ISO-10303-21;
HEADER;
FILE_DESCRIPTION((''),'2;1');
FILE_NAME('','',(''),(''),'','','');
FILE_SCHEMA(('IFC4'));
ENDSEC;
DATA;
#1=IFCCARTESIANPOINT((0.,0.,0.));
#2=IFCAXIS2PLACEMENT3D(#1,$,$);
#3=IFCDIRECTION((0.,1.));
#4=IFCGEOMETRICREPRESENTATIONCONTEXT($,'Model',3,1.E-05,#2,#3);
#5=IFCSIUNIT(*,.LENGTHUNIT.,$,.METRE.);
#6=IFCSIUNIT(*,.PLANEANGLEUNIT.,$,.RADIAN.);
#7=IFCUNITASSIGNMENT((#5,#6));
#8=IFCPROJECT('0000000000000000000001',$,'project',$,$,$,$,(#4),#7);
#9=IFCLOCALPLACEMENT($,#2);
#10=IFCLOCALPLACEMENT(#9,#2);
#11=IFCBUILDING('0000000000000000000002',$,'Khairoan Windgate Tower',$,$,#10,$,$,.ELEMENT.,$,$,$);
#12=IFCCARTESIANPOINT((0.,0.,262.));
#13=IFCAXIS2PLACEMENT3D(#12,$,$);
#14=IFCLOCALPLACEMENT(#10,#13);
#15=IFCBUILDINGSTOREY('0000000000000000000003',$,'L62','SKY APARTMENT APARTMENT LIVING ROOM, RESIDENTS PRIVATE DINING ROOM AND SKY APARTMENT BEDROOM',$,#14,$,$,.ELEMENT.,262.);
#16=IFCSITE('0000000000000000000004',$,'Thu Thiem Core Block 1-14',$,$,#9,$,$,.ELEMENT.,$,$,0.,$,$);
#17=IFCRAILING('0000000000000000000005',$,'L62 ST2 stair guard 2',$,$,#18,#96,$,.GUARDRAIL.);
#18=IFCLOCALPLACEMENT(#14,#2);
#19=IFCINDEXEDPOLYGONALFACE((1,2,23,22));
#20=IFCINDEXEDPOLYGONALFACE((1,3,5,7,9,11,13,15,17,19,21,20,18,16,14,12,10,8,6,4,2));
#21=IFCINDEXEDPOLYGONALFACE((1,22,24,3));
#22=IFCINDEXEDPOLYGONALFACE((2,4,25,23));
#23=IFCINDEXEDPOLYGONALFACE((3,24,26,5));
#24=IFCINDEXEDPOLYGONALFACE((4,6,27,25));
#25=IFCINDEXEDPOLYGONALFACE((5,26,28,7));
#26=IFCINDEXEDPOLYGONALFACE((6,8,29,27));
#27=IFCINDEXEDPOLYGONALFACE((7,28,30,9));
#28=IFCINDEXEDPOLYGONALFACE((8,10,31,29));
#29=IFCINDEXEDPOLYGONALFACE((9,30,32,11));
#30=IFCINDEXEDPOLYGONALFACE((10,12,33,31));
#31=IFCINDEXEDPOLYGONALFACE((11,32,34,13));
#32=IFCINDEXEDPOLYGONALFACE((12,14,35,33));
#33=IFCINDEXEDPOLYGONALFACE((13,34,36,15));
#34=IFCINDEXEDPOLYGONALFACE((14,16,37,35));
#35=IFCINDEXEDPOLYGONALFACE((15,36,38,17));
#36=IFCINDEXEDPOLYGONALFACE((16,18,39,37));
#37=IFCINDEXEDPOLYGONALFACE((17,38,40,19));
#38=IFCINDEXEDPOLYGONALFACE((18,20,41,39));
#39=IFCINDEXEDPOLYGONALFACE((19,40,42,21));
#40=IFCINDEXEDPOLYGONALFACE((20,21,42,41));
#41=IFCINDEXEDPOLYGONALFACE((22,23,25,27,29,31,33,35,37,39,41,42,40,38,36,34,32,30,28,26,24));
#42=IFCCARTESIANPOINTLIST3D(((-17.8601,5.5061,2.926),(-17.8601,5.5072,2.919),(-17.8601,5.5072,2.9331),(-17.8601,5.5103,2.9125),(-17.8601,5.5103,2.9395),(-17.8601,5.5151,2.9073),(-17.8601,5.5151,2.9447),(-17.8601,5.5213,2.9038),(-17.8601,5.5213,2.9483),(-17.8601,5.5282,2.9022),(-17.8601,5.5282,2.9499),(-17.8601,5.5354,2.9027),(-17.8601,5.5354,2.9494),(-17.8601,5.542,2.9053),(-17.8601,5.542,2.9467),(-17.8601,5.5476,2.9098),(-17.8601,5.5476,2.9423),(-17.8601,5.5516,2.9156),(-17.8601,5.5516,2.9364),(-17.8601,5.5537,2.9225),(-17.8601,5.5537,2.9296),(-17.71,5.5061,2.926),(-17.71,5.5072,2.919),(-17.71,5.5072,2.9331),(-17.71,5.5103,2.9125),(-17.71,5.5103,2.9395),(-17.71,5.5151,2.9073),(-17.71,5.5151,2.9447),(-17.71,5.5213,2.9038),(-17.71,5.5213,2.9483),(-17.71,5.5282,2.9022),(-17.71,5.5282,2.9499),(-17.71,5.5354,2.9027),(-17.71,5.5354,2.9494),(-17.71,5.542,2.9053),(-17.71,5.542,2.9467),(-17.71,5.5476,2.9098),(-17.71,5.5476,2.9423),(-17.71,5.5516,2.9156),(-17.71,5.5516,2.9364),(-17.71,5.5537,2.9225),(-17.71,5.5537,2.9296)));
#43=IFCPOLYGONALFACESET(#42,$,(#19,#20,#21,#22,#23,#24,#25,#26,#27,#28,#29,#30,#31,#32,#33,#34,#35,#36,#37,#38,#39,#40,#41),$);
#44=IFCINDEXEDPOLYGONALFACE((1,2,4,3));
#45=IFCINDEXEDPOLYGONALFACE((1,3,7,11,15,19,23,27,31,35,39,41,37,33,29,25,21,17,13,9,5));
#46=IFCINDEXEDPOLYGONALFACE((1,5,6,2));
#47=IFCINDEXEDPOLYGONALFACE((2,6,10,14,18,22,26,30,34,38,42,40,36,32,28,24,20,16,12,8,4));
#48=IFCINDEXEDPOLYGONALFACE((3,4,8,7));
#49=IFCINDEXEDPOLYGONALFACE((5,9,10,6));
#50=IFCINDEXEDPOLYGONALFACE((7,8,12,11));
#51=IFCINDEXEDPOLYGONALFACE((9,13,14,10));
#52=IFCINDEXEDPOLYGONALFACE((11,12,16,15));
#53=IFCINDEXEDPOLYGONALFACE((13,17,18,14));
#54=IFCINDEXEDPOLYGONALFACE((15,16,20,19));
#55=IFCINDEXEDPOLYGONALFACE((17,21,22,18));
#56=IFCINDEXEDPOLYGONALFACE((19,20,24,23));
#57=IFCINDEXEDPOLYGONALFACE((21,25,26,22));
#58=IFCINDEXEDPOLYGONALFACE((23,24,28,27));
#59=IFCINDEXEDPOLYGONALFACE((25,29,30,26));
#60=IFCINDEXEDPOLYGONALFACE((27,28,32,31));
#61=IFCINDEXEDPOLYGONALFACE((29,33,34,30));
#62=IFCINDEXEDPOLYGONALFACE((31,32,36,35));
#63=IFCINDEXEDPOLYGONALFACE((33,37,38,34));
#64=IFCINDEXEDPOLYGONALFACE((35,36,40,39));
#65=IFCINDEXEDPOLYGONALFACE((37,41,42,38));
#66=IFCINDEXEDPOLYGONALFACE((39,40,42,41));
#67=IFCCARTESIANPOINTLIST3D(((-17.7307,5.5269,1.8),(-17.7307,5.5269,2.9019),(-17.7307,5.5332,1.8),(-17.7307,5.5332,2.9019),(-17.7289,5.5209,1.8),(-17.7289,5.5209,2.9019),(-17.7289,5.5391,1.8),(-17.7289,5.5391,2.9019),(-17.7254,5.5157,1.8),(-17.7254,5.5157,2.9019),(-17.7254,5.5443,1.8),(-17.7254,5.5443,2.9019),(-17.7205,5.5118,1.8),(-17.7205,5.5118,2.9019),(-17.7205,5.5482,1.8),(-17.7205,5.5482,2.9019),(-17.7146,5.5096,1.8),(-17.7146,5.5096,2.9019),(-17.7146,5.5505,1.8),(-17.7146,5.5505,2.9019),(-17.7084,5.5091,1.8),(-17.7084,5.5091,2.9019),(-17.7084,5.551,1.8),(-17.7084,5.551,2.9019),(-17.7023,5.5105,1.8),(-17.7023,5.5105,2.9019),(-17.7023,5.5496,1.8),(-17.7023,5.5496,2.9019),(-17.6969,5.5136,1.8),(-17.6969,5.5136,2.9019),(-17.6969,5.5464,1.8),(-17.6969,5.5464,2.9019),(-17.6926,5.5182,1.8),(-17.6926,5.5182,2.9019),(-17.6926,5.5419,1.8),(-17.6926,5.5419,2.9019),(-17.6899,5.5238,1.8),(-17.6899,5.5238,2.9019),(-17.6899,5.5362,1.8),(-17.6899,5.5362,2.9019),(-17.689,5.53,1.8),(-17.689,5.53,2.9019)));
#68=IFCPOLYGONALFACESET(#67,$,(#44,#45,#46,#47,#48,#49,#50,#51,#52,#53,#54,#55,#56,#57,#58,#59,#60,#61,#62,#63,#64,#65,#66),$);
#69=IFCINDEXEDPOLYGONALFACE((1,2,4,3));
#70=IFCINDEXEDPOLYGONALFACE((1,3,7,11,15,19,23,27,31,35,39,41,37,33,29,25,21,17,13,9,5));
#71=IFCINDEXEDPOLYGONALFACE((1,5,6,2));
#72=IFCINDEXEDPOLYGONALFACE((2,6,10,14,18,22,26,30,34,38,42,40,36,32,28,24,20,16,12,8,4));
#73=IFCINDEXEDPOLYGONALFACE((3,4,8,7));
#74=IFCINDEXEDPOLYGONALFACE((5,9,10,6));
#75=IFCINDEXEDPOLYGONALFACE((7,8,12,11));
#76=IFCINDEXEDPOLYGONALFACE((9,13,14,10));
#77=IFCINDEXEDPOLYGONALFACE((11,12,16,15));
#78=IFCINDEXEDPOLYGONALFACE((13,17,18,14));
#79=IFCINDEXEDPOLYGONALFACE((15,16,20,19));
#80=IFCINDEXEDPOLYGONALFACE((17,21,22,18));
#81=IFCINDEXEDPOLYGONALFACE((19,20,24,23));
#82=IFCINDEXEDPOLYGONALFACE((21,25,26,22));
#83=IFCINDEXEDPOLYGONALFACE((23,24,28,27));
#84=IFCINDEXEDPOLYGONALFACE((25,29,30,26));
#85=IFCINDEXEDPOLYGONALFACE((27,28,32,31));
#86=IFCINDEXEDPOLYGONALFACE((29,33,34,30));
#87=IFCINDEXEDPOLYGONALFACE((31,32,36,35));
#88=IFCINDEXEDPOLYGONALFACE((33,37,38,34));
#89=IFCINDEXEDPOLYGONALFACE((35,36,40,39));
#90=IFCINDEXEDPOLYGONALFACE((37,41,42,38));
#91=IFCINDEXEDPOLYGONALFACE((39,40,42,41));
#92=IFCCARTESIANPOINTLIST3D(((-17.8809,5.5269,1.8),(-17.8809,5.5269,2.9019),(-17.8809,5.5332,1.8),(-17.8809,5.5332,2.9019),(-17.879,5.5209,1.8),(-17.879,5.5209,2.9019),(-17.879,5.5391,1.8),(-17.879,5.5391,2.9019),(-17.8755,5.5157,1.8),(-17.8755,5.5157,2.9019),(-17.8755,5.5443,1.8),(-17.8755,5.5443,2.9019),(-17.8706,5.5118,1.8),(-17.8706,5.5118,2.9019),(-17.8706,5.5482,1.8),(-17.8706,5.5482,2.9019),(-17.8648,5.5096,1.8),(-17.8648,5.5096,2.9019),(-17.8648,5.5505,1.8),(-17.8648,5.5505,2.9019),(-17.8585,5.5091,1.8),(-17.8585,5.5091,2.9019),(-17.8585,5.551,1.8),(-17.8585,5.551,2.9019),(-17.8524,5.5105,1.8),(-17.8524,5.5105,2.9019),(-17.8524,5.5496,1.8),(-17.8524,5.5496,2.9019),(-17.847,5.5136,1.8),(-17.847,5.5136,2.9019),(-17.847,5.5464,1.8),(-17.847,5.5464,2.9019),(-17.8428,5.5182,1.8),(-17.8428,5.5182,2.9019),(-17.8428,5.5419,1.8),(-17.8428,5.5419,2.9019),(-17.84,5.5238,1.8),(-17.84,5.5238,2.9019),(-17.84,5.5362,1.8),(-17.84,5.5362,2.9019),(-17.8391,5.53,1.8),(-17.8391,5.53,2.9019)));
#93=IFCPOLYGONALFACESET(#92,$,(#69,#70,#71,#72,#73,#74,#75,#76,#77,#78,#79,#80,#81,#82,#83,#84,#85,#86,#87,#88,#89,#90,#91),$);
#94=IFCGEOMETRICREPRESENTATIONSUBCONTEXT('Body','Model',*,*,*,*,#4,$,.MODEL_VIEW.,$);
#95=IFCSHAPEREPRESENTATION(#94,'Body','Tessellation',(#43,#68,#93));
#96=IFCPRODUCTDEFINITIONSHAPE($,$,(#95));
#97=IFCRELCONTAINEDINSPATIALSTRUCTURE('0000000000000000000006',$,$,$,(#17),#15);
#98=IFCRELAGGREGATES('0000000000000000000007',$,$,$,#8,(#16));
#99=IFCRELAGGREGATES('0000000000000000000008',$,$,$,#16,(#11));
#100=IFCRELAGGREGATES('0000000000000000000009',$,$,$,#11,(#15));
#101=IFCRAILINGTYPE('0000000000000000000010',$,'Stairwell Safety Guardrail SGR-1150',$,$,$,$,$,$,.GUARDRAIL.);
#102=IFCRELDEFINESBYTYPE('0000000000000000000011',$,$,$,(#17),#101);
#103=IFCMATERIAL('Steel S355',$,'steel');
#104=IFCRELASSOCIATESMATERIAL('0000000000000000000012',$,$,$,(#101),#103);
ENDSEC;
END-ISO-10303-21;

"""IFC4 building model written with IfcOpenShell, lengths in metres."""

from ifc_helpers import new_model, si_unit, direction, frame, origin, origin_2d, place, context, subcontext, project, spatial, circle, extrude, material, type_object, element, save


model = new_model("IFC4")

# Units and contexts
model_context = context("Model", 3, precision=1e-05, world=origin(), true_north=direction((0.0, 1.0)))
body_context = subcontext(model_context, "Body", "Model", "MODEL_VIEW")
ifc_project = project(units=[si_unit("LENGTHUNIT", "METRE"), si_unit("PLANEANGLEUNIT", "RADIAN")], contexts=[model_context])

# Site, building, storey
site_placement = place(None, origin())
site = spatial("IfcSite", under=ifc_project, at=site_placement, Name="Thu Thiem Core Block 1-14", CompositionType="ELEMENT", RefElevation=0.0)
building_placement = place(site_placement, origin())
building = spatial("IfcBuilding", under=site, at=building_placement, Name="Khairoan Windgate Tower", CompositionType="ELEMENT")
storey_placement = place(building_placement, frame((0.0, 0.0, 262.0)))
storey = spatial("IfcBuildingStorey", under=building, at=storey_placement, Name="L62", Description="SKY APARTMENT APARTMENT LIVING ROOM, RESIDENTS PRIVATE DINING ROOM AND SKY APARTMENT BEDROOM", CompositionType="ELEMENT", Elevation=262.0)

# Railing
ifc_material_1 = material(Name="Steel S355", Category="steel")
railing_type_1 = type_object("IfcRailingType", Name="Stairwell Safety Guardrail SGR-1150", PredefinedType="GUARDRAIL", material=ifc_material_1)
railing_1_placement = place(storey_placement, frame((-17.71, 5.53, 1.8)))
element("IfcRailing", 1, at=railing_1_placement, inside=storey, type_object=railing_type_1, Name="L62 ST2 stair guard 2", PredefinedType="GUARDRAIL", context=body_context, shape_type="SweptSolid", body=[
    extrude(circle(Radius=0.0239, at=origin_2d()), frame((0.0, 0.0, 1.126), z_axis=(-1.0, 0.0, 0.0), x_axis=(0.0, -1.0, 0.0)), (0.0, 0.0, 1.0), 0.1501),
    extrude(circle(Radius=0.021, at=origin_2d()), origin(), (0.0, 0.0, 1.0), 1.1018),
    extrude(circle(Radius=0.021, at=origin_2d()), frame((-0.1501, 0.0, 0.0)), (0.0, 0.0, 1.0), 1.1018),
])

save(model, "model.ifc")
